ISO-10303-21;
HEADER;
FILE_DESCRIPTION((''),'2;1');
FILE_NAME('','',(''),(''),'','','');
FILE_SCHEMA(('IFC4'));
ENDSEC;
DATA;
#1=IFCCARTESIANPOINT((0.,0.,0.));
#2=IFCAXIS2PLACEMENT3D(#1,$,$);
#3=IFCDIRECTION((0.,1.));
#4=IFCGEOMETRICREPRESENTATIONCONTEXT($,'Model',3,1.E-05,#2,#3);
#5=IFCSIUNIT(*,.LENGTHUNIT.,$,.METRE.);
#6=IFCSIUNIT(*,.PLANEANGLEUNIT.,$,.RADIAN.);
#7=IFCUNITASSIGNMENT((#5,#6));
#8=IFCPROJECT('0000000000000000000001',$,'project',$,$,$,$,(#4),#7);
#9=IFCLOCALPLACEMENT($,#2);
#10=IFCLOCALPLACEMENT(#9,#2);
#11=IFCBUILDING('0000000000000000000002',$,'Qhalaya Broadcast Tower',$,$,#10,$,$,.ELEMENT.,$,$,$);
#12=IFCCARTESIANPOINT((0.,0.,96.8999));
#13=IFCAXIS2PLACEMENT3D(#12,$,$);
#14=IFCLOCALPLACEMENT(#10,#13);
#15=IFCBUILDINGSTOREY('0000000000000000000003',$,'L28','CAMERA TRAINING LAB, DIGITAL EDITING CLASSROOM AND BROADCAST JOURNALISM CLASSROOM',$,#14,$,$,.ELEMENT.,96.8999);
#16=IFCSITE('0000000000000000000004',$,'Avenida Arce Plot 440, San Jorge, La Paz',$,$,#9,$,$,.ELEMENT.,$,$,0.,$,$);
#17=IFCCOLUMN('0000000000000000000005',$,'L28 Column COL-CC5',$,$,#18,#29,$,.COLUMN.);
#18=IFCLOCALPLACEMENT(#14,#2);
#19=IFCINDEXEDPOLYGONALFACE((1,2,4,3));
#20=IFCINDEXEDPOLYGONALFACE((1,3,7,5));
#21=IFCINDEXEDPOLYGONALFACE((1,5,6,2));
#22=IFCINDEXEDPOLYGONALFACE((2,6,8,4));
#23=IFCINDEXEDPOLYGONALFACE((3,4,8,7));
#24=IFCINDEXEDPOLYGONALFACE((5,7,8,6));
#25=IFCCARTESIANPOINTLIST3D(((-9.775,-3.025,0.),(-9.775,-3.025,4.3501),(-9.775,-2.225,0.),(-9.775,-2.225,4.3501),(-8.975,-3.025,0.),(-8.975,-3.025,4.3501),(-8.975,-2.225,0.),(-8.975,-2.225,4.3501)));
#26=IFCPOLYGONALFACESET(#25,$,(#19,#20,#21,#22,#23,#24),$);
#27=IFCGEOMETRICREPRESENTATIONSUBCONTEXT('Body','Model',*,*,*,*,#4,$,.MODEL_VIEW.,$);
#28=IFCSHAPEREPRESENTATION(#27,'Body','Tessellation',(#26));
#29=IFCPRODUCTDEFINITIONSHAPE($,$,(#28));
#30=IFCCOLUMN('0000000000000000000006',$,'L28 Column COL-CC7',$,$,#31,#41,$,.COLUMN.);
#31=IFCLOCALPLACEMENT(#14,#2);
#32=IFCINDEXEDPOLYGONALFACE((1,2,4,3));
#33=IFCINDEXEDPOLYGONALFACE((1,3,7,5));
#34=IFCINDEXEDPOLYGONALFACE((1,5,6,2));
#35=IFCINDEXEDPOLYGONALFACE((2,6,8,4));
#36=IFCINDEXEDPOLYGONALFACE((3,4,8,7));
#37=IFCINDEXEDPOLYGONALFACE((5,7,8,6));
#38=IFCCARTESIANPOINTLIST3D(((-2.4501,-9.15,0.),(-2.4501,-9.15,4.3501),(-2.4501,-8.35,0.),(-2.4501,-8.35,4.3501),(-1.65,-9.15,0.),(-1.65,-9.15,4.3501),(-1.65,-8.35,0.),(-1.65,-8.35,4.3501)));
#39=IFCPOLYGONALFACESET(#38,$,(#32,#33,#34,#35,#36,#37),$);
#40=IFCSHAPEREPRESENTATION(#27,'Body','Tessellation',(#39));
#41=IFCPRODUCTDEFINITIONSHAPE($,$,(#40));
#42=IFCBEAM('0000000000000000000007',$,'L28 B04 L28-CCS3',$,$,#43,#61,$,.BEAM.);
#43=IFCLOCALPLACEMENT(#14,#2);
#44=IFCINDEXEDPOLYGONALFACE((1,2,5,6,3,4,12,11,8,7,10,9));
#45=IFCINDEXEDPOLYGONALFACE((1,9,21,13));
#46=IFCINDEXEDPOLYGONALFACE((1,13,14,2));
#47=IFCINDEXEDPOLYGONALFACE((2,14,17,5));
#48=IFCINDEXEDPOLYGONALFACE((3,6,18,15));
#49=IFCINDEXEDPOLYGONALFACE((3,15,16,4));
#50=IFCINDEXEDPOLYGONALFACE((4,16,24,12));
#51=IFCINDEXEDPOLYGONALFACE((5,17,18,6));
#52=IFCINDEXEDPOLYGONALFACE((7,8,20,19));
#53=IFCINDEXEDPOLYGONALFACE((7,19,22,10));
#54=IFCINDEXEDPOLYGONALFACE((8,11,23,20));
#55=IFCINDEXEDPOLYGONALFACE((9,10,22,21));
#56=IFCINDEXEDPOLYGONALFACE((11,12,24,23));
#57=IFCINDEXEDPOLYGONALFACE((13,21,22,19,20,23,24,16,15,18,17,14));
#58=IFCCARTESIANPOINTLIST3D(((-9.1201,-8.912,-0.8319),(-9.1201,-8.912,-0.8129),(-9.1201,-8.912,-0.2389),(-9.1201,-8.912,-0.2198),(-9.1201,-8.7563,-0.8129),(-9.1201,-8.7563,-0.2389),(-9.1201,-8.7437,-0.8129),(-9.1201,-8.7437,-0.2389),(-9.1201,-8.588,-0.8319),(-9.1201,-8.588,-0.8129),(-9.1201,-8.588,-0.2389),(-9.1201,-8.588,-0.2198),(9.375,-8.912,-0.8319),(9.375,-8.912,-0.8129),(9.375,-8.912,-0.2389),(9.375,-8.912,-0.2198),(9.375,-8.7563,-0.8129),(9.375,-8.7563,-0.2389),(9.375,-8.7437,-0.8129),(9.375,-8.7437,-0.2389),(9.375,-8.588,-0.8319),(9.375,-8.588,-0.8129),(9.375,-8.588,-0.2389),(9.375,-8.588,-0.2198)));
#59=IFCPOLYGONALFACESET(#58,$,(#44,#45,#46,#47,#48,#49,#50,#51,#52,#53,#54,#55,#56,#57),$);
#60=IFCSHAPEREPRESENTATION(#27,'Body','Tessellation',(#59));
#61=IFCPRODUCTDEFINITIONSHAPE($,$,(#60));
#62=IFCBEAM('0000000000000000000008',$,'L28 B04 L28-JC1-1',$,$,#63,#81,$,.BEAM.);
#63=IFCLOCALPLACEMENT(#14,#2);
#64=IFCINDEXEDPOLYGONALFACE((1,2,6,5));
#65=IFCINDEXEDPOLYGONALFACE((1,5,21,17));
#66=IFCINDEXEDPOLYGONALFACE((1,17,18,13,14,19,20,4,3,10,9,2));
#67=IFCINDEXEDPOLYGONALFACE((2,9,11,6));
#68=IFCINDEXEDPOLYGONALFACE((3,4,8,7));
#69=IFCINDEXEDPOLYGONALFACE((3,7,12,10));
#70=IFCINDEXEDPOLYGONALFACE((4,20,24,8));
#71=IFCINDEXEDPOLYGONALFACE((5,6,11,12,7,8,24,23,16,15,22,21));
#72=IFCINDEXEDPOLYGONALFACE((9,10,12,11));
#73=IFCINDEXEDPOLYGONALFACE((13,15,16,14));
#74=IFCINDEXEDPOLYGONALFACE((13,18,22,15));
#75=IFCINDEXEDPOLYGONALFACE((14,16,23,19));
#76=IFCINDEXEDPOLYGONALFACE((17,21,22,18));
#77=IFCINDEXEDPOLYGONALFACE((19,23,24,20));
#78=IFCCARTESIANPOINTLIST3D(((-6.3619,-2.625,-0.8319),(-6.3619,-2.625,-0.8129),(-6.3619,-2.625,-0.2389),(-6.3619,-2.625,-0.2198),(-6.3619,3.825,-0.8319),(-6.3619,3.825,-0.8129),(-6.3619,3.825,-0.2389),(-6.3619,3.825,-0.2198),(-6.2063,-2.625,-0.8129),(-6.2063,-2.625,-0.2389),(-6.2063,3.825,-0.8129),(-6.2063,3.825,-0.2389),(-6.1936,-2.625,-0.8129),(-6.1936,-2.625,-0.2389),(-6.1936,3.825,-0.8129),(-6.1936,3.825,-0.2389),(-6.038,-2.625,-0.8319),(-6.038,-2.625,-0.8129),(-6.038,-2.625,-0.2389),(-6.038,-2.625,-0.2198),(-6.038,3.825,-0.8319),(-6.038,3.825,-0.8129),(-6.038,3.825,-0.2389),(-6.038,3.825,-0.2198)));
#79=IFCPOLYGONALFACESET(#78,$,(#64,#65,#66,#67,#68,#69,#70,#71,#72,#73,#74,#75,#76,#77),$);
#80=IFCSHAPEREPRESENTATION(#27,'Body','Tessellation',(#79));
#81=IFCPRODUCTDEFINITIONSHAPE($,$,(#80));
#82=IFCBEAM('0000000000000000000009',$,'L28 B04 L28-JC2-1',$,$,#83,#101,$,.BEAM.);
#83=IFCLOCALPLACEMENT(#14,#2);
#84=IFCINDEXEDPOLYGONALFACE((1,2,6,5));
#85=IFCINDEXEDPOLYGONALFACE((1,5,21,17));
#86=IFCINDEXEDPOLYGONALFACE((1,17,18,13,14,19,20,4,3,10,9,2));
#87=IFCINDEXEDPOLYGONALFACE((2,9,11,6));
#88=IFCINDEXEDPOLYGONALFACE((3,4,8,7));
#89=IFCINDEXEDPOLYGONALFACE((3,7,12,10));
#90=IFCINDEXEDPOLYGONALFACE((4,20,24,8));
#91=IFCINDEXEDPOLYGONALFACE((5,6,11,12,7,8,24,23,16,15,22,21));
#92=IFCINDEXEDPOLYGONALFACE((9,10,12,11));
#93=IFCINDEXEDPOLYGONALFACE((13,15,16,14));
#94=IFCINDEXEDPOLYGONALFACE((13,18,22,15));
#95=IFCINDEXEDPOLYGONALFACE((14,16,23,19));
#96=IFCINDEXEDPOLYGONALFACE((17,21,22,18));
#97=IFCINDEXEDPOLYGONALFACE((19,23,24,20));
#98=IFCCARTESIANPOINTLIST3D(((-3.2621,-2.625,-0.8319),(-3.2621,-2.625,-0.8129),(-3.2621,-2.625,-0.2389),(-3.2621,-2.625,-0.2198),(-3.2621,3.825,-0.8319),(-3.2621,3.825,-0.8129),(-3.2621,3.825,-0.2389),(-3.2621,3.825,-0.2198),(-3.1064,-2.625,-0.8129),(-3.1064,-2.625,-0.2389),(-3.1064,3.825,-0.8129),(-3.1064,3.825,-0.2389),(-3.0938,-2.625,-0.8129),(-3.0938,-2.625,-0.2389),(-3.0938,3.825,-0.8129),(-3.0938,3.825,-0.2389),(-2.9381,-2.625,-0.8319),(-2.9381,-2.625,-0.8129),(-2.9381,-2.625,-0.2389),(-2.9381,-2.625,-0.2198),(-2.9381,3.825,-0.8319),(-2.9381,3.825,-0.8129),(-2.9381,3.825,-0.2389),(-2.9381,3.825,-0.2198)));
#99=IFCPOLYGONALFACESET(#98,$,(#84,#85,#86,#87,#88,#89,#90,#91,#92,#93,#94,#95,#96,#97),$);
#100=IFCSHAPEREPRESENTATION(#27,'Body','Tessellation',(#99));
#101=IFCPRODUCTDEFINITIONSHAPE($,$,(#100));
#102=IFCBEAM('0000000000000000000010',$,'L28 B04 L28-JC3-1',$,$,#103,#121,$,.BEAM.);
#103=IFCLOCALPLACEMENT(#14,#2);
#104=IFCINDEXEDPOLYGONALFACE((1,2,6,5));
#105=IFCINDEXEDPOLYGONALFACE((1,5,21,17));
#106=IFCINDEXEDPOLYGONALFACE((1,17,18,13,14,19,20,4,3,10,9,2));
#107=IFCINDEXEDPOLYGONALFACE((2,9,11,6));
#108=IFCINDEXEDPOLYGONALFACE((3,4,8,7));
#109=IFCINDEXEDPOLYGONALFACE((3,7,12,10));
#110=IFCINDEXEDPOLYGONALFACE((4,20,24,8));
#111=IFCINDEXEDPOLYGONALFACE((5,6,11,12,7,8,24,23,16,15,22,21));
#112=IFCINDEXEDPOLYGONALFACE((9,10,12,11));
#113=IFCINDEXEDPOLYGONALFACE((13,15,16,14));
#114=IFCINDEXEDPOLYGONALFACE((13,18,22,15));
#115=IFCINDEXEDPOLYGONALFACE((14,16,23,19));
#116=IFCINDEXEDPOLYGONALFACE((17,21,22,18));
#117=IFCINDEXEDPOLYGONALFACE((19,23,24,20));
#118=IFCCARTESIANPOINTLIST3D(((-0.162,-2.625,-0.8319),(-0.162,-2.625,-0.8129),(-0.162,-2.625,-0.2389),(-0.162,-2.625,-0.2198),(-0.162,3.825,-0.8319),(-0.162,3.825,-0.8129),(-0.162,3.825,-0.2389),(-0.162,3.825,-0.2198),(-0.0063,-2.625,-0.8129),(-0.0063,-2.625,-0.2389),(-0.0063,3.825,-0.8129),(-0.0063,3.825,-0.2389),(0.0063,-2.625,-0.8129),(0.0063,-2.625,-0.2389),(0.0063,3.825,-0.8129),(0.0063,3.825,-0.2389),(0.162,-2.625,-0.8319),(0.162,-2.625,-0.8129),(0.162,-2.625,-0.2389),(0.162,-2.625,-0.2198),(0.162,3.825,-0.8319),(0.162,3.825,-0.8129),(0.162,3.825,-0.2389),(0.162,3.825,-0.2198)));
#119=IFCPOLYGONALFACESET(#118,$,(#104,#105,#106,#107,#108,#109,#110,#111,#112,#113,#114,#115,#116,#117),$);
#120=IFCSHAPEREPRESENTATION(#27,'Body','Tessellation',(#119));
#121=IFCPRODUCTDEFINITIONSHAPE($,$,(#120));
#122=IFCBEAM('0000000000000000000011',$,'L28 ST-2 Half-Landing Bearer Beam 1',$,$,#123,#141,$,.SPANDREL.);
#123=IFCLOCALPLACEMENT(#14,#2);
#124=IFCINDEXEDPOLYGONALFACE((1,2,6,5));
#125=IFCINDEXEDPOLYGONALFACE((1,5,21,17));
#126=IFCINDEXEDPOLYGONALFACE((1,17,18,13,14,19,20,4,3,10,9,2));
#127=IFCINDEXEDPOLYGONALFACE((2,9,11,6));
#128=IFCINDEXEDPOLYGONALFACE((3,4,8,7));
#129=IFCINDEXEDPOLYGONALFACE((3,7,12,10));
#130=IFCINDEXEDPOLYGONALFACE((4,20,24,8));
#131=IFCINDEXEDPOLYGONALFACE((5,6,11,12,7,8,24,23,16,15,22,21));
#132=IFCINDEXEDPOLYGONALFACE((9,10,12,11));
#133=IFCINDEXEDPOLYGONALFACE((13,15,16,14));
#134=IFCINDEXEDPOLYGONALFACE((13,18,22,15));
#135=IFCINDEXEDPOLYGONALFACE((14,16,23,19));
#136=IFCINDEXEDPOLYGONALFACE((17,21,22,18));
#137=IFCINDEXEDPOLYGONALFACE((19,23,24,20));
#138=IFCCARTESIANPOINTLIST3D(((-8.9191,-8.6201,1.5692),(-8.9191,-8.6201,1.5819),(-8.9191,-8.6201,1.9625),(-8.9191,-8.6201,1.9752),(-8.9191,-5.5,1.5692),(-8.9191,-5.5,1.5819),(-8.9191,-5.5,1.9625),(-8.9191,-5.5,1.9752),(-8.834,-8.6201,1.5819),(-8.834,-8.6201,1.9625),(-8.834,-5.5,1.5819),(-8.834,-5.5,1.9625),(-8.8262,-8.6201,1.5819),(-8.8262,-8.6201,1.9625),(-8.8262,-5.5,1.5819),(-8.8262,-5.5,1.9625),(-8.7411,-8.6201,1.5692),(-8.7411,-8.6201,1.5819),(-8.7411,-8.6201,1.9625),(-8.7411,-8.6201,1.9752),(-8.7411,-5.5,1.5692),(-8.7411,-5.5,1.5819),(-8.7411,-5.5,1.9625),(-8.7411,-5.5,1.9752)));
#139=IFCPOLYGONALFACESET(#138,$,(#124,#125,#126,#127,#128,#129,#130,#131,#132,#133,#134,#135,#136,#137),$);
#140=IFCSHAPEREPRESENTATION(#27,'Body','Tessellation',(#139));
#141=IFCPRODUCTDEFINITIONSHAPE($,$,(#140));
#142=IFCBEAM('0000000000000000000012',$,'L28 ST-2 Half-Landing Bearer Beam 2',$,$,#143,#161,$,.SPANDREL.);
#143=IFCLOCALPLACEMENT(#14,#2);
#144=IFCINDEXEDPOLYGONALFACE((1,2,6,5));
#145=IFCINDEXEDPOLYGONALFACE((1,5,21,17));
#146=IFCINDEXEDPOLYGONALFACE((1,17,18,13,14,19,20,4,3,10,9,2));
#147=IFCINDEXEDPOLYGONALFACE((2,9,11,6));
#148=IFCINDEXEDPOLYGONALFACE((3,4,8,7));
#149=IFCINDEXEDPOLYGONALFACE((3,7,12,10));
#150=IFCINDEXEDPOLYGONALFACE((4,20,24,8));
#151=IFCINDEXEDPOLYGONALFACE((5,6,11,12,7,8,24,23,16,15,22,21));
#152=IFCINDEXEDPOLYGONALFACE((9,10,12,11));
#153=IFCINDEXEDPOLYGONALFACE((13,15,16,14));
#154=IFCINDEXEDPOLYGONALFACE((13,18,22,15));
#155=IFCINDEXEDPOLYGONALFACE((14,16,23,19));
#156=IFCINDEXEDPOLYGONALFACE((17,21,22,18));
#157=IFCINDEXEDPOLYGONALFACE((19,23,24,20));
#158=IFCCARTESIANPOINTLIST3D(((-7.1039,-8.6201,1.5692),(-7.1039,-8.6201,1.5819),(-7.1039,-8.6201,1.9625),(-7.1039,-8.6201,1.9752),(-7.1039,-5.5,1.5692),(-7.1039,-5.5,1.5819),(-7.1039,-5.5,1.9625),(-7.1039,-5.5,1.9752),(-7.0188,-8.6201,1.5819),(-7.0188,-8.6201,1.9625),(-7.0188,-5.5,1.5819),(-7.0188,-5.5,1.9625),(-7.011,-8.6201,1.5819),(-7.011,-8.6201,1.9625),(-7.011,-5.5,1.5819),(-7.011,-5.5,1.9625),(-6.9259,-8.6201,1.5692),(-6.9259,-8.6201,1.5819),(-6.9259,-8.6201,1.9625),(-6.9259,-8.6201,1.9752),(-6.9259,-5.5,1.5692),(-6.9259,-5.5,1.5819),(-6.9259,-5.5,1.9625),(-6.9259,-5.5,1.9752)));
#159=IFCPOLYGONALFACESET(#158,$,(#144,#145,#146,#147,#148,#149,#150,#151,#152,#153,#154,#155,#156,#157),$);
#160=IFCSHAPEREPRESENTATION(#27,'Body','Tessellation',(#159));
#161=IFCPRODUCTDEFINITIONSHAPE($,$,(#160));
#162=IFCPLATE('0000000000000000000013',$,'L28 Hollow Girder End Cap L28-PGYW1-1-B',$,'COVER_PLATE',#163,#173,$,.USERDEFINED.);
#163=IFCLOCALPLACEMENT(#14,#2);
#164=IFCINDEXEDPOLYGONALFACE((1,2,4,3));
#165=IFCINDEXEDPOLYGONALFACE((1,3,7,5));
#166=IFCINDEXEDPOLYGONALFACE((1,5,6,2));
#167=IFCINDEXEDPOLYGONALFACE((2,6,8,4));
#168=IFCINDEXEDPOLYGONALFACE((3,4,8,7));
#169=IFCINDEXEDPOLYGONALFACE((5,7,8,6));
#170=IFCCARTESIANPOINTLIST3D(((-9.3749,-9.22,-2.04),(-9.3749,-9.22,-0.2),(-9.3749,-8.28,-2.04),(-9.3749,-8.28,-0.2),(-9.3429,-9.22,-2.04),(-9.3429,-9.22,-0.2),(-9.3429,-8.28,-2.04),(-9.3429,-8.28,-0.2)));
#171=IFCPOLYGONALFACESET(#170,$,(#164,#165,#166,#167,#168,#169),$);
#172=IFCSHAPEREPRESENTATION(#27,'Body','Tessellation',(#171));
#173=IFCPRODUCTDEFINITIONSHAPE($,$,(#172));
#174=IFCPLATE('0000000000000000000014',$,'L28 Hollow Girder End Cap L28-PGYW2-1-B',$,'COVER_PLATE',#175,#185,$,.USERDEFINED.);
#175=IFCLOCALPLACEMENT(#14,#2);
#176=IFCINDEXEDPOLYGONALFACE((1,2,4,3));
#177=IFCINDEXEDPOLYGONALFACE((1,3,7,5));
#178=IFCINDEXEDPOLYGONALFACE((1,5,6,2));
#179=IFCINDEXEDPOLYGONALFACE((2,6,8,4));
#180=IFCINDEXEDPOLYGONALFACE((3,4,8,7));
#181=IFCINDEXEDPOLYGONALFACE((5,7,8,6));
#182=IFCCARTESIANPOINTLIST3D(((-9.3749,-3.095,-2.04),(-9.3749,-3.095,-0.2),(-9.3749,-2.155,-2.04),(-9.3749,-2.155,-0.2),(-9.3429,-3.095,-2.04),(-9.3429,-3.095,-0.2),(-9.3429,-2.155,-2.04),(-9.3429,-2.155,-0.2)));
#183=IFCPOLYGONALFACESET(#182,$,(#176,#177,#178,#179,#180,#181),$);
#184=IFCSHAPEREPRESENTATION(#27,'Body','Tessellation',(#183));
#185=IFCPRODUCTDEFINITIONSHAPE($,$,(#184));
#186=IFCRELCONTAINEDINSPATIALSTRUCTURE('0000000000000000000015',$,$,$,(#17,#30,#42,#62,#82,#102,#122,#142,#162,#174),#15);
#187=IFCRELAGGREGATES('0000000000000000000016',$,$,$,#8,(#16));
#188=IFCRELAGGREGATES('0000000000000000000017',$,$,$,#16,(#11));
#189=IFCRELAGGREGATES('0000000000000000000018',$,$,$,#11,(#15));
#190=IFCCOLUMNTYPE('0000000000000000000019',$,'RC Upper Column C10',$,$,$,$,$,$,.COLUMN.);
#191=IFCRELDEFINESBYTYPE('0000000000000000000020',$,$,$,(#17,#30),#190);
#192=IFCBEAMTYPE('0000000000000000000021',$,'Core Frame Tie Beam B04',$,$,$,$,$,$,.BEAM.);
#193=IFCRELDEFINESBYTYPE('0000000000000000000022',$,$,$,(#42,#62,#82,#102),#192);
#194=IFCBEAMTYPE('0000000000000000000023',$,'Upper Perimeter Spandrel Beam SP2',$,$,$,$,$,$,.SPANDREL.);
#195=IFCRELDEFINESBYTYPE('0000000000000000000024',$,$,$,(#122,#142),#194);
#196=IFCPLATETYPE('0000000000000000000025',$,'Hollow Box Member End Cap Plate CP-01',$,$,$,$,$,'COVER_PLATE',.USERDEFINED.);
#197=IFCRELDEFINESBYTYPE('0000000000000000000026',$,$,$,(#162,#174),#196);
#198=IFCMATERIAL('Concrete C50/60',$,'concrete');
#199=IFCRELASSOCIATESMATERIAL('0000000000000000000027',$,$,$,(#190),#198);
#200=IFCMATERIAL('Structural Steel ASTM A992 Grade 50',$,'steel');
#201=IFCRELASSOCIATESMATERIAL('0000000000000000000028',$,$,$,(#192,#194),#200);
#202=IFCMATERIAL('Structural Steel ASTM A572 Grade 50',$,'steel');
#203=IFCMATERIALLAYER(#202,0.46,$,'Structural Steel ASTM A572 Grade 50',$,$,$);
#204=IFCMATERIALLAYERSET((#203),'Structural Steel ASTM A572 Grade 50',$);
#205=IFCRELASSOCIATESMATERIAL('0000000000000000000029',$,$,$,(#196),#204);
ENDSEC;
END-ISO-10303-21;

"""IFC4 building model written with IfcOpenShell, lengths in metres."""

from ifc_helpers import new_model, si_unit, direction, frame, origin, origin_2d, place, context, subcontext, project, spatial, rectangle, i_section, extrude, material, layer, layer_set, material_profile, profile_set, type_object, element, save


model = new_model("IFC4")

# Units and contexts
model_context = context("Model", 3, precision=1e-05, world=origin(), true_north=direction((0.0, 1.0)))
body_context = subcontext(model_context, "Body", "Model", "MODEL_VIEW")
ifc_project = project(units=[si_unit("LENGTHUNIT", "METRE"), si_unit("PLANEANGLEUNIT", "RADIAN")], contexts=[model_context])

# Site, building, storey
site_placement = place(None, origin())
site = spatial("IfcSite", under=ifc_project, at=site_placement, Name="Avenida Arce Plot 440, San Jorge, La Paz", CompositionType="ELEMENT", RefElevation=0.0)
building_placement = place(site_placement, origin())
building = spatial("IfcBuilding", under=site, at=building_placement, Name="Qhalaya Broadcast Tower", CompositionType="ELEMENT")
storey_placement = place(building_placement, frame((0.0, 0.0, 96.8999)))
storey = spatial("IfcBuildingStorey", under=building, at=storey_placement, Name="L28", Description="CAMERA TRAINING LAB, DIGITAL EDITING CLASSROOM AND BROADCAST JOURNALISM CLASSROOM", CompositionType="ELEMENT", Elevation=96.8999)

# Columns
ifc_material_1 = material(Name="Concrete C50/60", Category="concrete")
ifc_material_profile_1 = material_profile(ifc_material_1, rectangle(XDim=0.8, YDim=0.8, at=origin_2d()), Name="RC-COL 800x800")
ifc_profile_set_1 = profile_set([ifc_material_profile_1], Name="Concrete C50/60")
column_type = type_object("IfcColumnType", Name="RC Upper Column C10", PredefinedType="COLUMN", material=ifc_profile_set_1)
for number, where, z_axis, x_axis, name in (
    (1, (-9.375, -2.625, 0.0), (0.0, 0.0, 1.0), (1.0, 0.0, 0.0), "L28 Column COL-CC5"),
    (2, (-2.05, -8.75, 0.0), (0.0, 0.0, 1.0), (1.0, 0.0, 0.0), "L28 Column COL-CC7"),
):
    element("IfcColumn", number, at=place(storey_placement, frame(where, z_axis=z_axis, x_axis=x_axis)), inside=storey, type_object=column_type, Name=name, PredefinedType="COLUMN", context=body_context, shape_type="SweptSolid", body=[
        extrude(rectangle(XDim=0.8, YDim=0.8, at=origin_2d()), origin(), (0.0, 0.0, 1.0), 4.3501),
    ])

# Beams
ifc_material_2 = material(Name="Structural Steel ASTM A992 Grade 50", Category="steel")
ifc_material_profile_2 = material_profile(ifc_material_2, i_section(OverallWidth=0.324, OverallDepth=0.6121, WebThickness=0.0127, FlangeThickness=0.019, at=origin_2d()), Name="W24X104")
ifc_profile_set_2 = profile_set([ifc_material_profile_2], Name="Structural Steel ASTM A992 Grade 50")
beam_type_1 = type_object("IfcBeamType", Name="Core Frame Tie Beam B04", PredefinedType="BEAM", material=ifc_profile_set_2)
beam_placement = place(storey_placement, frame((-9.1201, -8.75, -0.5259), z_axis=(1.0, 0.0, 0.0), x_axis=(0.0, 1.0, 0.0)))
element("IfcBeam", 3, at=beam_placement, inside=storey, type_object=beam_type_1, Name="L28 B04 L28-CCS3", PredefinedType="BEAM", context=body_context, shape_type="SweptSolid", body=[
    extrude(i_section(OverallWidth=0.324, OverallDepth=0.6121, WebThickness=0.0127, FlangeThickness=0.019, at=origin_2d()), origin(), (0.0, 0.0, 1.0), 18.4951),
])
for number, where, z_axis, x_axis, name in (
    (4, (-6.2, -2.625, -0.5259), (0.0, 1.0, 0.0), (-1.0, 0.0, 0.0), "L28 B04 L28-JC1-1"),
    (5, (-3.1001, -2.625, -0.5259), (0.0, 1.0, 0.0), (-1.0, 0.0, 0.0), "L28 B04 L28-JC2-1"),
    (6, (0.0, -2.625, -0.5259), (0.0, 1.0, 0.0), (-1.0, 0.0, 0.0), "L28 B04 L28-JC3-1"),
):
    element("IfcBeam", number, at=place(storey_placement, frame(where, z_axis=z_axis, x_axis=x_axis)), inside=storey, type_object=beam_type_1, Name=name, PredefinedType="BEAM", context=body_context, shape_type="SweptSolid", body=[
        extrude(i_section(OverallWidth=0.324, OverallDepth=0.6121, WebThickness=0.0127, FlangeThickness=0.019, at=origin_2d()), origin(), (0.0, 0.0, 1.0), 6.45),
    ])
ifc_material_profile_3 = material_profile(ifc_material_2, i_section(OverallWidth=0.178, OverallDepth=0.406, WebThickness=0.0078, FlangeThickness=0.0127, at=origin_2d()), Name="W16X40")
ifc_profile_set_3 = profile_set([ifc_material_profile_3], Name="Structural Steel ASTM A992 Grade 50")
beam_type_2 = type_object("IfcBeamType", Name="Upper Perimeter Spandrel Beam SP2", PredefinedType="SPANDREL", material=ifc_profile_set_3)
for number, where, z_axis, x_axis, name in (
    (7, (-8.8301, -8.6201, 1.7722), (0.0, 1.0, 0.0), (-1.0, 0.0, 0.0), "L28 ST-2 Half-Landing Bearer Beam 1"),
    (8, (-7.0149, -8.6201, 1.7722), (0.0, 1.0, 0.0), (-1.0, 0.0, 0.0), "L28 ST-2 Half-Landing Bearer Beam 2"),
):
    element("IfcBeam", number, at=place(storey_placement, frame(where, z_axis=z_axis, x_axis=x_axis)), inside=storey, type_object=beam_type_2, Name=name, PredefinedType="SPANDREL", context=body_context, shape_type="SweptSolid", body=[
        extrude(i_section(OverallWidth=0.178, OverallDepth=0.406, WebThickness=0.0078, FlangeThickness=0.0127, at=origin_2d()), origin(), (0.0, 0.0, 1.0), 3.1201),
    ])

# Plates
ifc_material_3 = material(Name="Structural Steel ASTM A572 Grade 50", Category="steel")
ifc_layer_1 = layer(ifc_material_3, 0.46, Name="Structural Steel ASTM A572 Grade 50")
ifc_layer_set_1 = layer_set([ifc_layer_1], Name="Structural Steel ASTM A572 Grade 50")
plate_type = type_object("IfcPlateType", Name="Hollow Box Member End Cap Plate CP-01", ElementType="COVER_PLATE", PredefinedType="USERDEFINED", material=ifc_layer_set_1)
for number, where, z_axis, x_axis, name in (
    (9, (-9.3589, -8.75, -2.04), (0.0, 0.0, 1.0), (0.0, 1.0, 0.0), "L28 Hollow Girder End Cap L28-PGYW1-1-B"),
    (10, (-9.3589, -2.625, -2.04), (0.0, 0.0, 1.0), (0.0, 1.0, 0.0), "L28 Hollow Girder End Cap L28-PGYW2-1-B"),
):
    element("IfcPlate", number, at=place(storey_placement, frame(where, z_axis=z_axis, x_axis=x_axis)), inside=storey, type_object=plate_type, Name=name, ObjectType="COVER_PLATE", PredefinedType="USERDEFINED", context=body_context, shape_type="SweptSolid", body=[
        extrude(rectangle(XDim=0.9399, YDim=0.032, at=origin_2d()), origin(), (0.0, 0.0, 1.0), 1.8401),
    ])

save(model, "model.ifc")
